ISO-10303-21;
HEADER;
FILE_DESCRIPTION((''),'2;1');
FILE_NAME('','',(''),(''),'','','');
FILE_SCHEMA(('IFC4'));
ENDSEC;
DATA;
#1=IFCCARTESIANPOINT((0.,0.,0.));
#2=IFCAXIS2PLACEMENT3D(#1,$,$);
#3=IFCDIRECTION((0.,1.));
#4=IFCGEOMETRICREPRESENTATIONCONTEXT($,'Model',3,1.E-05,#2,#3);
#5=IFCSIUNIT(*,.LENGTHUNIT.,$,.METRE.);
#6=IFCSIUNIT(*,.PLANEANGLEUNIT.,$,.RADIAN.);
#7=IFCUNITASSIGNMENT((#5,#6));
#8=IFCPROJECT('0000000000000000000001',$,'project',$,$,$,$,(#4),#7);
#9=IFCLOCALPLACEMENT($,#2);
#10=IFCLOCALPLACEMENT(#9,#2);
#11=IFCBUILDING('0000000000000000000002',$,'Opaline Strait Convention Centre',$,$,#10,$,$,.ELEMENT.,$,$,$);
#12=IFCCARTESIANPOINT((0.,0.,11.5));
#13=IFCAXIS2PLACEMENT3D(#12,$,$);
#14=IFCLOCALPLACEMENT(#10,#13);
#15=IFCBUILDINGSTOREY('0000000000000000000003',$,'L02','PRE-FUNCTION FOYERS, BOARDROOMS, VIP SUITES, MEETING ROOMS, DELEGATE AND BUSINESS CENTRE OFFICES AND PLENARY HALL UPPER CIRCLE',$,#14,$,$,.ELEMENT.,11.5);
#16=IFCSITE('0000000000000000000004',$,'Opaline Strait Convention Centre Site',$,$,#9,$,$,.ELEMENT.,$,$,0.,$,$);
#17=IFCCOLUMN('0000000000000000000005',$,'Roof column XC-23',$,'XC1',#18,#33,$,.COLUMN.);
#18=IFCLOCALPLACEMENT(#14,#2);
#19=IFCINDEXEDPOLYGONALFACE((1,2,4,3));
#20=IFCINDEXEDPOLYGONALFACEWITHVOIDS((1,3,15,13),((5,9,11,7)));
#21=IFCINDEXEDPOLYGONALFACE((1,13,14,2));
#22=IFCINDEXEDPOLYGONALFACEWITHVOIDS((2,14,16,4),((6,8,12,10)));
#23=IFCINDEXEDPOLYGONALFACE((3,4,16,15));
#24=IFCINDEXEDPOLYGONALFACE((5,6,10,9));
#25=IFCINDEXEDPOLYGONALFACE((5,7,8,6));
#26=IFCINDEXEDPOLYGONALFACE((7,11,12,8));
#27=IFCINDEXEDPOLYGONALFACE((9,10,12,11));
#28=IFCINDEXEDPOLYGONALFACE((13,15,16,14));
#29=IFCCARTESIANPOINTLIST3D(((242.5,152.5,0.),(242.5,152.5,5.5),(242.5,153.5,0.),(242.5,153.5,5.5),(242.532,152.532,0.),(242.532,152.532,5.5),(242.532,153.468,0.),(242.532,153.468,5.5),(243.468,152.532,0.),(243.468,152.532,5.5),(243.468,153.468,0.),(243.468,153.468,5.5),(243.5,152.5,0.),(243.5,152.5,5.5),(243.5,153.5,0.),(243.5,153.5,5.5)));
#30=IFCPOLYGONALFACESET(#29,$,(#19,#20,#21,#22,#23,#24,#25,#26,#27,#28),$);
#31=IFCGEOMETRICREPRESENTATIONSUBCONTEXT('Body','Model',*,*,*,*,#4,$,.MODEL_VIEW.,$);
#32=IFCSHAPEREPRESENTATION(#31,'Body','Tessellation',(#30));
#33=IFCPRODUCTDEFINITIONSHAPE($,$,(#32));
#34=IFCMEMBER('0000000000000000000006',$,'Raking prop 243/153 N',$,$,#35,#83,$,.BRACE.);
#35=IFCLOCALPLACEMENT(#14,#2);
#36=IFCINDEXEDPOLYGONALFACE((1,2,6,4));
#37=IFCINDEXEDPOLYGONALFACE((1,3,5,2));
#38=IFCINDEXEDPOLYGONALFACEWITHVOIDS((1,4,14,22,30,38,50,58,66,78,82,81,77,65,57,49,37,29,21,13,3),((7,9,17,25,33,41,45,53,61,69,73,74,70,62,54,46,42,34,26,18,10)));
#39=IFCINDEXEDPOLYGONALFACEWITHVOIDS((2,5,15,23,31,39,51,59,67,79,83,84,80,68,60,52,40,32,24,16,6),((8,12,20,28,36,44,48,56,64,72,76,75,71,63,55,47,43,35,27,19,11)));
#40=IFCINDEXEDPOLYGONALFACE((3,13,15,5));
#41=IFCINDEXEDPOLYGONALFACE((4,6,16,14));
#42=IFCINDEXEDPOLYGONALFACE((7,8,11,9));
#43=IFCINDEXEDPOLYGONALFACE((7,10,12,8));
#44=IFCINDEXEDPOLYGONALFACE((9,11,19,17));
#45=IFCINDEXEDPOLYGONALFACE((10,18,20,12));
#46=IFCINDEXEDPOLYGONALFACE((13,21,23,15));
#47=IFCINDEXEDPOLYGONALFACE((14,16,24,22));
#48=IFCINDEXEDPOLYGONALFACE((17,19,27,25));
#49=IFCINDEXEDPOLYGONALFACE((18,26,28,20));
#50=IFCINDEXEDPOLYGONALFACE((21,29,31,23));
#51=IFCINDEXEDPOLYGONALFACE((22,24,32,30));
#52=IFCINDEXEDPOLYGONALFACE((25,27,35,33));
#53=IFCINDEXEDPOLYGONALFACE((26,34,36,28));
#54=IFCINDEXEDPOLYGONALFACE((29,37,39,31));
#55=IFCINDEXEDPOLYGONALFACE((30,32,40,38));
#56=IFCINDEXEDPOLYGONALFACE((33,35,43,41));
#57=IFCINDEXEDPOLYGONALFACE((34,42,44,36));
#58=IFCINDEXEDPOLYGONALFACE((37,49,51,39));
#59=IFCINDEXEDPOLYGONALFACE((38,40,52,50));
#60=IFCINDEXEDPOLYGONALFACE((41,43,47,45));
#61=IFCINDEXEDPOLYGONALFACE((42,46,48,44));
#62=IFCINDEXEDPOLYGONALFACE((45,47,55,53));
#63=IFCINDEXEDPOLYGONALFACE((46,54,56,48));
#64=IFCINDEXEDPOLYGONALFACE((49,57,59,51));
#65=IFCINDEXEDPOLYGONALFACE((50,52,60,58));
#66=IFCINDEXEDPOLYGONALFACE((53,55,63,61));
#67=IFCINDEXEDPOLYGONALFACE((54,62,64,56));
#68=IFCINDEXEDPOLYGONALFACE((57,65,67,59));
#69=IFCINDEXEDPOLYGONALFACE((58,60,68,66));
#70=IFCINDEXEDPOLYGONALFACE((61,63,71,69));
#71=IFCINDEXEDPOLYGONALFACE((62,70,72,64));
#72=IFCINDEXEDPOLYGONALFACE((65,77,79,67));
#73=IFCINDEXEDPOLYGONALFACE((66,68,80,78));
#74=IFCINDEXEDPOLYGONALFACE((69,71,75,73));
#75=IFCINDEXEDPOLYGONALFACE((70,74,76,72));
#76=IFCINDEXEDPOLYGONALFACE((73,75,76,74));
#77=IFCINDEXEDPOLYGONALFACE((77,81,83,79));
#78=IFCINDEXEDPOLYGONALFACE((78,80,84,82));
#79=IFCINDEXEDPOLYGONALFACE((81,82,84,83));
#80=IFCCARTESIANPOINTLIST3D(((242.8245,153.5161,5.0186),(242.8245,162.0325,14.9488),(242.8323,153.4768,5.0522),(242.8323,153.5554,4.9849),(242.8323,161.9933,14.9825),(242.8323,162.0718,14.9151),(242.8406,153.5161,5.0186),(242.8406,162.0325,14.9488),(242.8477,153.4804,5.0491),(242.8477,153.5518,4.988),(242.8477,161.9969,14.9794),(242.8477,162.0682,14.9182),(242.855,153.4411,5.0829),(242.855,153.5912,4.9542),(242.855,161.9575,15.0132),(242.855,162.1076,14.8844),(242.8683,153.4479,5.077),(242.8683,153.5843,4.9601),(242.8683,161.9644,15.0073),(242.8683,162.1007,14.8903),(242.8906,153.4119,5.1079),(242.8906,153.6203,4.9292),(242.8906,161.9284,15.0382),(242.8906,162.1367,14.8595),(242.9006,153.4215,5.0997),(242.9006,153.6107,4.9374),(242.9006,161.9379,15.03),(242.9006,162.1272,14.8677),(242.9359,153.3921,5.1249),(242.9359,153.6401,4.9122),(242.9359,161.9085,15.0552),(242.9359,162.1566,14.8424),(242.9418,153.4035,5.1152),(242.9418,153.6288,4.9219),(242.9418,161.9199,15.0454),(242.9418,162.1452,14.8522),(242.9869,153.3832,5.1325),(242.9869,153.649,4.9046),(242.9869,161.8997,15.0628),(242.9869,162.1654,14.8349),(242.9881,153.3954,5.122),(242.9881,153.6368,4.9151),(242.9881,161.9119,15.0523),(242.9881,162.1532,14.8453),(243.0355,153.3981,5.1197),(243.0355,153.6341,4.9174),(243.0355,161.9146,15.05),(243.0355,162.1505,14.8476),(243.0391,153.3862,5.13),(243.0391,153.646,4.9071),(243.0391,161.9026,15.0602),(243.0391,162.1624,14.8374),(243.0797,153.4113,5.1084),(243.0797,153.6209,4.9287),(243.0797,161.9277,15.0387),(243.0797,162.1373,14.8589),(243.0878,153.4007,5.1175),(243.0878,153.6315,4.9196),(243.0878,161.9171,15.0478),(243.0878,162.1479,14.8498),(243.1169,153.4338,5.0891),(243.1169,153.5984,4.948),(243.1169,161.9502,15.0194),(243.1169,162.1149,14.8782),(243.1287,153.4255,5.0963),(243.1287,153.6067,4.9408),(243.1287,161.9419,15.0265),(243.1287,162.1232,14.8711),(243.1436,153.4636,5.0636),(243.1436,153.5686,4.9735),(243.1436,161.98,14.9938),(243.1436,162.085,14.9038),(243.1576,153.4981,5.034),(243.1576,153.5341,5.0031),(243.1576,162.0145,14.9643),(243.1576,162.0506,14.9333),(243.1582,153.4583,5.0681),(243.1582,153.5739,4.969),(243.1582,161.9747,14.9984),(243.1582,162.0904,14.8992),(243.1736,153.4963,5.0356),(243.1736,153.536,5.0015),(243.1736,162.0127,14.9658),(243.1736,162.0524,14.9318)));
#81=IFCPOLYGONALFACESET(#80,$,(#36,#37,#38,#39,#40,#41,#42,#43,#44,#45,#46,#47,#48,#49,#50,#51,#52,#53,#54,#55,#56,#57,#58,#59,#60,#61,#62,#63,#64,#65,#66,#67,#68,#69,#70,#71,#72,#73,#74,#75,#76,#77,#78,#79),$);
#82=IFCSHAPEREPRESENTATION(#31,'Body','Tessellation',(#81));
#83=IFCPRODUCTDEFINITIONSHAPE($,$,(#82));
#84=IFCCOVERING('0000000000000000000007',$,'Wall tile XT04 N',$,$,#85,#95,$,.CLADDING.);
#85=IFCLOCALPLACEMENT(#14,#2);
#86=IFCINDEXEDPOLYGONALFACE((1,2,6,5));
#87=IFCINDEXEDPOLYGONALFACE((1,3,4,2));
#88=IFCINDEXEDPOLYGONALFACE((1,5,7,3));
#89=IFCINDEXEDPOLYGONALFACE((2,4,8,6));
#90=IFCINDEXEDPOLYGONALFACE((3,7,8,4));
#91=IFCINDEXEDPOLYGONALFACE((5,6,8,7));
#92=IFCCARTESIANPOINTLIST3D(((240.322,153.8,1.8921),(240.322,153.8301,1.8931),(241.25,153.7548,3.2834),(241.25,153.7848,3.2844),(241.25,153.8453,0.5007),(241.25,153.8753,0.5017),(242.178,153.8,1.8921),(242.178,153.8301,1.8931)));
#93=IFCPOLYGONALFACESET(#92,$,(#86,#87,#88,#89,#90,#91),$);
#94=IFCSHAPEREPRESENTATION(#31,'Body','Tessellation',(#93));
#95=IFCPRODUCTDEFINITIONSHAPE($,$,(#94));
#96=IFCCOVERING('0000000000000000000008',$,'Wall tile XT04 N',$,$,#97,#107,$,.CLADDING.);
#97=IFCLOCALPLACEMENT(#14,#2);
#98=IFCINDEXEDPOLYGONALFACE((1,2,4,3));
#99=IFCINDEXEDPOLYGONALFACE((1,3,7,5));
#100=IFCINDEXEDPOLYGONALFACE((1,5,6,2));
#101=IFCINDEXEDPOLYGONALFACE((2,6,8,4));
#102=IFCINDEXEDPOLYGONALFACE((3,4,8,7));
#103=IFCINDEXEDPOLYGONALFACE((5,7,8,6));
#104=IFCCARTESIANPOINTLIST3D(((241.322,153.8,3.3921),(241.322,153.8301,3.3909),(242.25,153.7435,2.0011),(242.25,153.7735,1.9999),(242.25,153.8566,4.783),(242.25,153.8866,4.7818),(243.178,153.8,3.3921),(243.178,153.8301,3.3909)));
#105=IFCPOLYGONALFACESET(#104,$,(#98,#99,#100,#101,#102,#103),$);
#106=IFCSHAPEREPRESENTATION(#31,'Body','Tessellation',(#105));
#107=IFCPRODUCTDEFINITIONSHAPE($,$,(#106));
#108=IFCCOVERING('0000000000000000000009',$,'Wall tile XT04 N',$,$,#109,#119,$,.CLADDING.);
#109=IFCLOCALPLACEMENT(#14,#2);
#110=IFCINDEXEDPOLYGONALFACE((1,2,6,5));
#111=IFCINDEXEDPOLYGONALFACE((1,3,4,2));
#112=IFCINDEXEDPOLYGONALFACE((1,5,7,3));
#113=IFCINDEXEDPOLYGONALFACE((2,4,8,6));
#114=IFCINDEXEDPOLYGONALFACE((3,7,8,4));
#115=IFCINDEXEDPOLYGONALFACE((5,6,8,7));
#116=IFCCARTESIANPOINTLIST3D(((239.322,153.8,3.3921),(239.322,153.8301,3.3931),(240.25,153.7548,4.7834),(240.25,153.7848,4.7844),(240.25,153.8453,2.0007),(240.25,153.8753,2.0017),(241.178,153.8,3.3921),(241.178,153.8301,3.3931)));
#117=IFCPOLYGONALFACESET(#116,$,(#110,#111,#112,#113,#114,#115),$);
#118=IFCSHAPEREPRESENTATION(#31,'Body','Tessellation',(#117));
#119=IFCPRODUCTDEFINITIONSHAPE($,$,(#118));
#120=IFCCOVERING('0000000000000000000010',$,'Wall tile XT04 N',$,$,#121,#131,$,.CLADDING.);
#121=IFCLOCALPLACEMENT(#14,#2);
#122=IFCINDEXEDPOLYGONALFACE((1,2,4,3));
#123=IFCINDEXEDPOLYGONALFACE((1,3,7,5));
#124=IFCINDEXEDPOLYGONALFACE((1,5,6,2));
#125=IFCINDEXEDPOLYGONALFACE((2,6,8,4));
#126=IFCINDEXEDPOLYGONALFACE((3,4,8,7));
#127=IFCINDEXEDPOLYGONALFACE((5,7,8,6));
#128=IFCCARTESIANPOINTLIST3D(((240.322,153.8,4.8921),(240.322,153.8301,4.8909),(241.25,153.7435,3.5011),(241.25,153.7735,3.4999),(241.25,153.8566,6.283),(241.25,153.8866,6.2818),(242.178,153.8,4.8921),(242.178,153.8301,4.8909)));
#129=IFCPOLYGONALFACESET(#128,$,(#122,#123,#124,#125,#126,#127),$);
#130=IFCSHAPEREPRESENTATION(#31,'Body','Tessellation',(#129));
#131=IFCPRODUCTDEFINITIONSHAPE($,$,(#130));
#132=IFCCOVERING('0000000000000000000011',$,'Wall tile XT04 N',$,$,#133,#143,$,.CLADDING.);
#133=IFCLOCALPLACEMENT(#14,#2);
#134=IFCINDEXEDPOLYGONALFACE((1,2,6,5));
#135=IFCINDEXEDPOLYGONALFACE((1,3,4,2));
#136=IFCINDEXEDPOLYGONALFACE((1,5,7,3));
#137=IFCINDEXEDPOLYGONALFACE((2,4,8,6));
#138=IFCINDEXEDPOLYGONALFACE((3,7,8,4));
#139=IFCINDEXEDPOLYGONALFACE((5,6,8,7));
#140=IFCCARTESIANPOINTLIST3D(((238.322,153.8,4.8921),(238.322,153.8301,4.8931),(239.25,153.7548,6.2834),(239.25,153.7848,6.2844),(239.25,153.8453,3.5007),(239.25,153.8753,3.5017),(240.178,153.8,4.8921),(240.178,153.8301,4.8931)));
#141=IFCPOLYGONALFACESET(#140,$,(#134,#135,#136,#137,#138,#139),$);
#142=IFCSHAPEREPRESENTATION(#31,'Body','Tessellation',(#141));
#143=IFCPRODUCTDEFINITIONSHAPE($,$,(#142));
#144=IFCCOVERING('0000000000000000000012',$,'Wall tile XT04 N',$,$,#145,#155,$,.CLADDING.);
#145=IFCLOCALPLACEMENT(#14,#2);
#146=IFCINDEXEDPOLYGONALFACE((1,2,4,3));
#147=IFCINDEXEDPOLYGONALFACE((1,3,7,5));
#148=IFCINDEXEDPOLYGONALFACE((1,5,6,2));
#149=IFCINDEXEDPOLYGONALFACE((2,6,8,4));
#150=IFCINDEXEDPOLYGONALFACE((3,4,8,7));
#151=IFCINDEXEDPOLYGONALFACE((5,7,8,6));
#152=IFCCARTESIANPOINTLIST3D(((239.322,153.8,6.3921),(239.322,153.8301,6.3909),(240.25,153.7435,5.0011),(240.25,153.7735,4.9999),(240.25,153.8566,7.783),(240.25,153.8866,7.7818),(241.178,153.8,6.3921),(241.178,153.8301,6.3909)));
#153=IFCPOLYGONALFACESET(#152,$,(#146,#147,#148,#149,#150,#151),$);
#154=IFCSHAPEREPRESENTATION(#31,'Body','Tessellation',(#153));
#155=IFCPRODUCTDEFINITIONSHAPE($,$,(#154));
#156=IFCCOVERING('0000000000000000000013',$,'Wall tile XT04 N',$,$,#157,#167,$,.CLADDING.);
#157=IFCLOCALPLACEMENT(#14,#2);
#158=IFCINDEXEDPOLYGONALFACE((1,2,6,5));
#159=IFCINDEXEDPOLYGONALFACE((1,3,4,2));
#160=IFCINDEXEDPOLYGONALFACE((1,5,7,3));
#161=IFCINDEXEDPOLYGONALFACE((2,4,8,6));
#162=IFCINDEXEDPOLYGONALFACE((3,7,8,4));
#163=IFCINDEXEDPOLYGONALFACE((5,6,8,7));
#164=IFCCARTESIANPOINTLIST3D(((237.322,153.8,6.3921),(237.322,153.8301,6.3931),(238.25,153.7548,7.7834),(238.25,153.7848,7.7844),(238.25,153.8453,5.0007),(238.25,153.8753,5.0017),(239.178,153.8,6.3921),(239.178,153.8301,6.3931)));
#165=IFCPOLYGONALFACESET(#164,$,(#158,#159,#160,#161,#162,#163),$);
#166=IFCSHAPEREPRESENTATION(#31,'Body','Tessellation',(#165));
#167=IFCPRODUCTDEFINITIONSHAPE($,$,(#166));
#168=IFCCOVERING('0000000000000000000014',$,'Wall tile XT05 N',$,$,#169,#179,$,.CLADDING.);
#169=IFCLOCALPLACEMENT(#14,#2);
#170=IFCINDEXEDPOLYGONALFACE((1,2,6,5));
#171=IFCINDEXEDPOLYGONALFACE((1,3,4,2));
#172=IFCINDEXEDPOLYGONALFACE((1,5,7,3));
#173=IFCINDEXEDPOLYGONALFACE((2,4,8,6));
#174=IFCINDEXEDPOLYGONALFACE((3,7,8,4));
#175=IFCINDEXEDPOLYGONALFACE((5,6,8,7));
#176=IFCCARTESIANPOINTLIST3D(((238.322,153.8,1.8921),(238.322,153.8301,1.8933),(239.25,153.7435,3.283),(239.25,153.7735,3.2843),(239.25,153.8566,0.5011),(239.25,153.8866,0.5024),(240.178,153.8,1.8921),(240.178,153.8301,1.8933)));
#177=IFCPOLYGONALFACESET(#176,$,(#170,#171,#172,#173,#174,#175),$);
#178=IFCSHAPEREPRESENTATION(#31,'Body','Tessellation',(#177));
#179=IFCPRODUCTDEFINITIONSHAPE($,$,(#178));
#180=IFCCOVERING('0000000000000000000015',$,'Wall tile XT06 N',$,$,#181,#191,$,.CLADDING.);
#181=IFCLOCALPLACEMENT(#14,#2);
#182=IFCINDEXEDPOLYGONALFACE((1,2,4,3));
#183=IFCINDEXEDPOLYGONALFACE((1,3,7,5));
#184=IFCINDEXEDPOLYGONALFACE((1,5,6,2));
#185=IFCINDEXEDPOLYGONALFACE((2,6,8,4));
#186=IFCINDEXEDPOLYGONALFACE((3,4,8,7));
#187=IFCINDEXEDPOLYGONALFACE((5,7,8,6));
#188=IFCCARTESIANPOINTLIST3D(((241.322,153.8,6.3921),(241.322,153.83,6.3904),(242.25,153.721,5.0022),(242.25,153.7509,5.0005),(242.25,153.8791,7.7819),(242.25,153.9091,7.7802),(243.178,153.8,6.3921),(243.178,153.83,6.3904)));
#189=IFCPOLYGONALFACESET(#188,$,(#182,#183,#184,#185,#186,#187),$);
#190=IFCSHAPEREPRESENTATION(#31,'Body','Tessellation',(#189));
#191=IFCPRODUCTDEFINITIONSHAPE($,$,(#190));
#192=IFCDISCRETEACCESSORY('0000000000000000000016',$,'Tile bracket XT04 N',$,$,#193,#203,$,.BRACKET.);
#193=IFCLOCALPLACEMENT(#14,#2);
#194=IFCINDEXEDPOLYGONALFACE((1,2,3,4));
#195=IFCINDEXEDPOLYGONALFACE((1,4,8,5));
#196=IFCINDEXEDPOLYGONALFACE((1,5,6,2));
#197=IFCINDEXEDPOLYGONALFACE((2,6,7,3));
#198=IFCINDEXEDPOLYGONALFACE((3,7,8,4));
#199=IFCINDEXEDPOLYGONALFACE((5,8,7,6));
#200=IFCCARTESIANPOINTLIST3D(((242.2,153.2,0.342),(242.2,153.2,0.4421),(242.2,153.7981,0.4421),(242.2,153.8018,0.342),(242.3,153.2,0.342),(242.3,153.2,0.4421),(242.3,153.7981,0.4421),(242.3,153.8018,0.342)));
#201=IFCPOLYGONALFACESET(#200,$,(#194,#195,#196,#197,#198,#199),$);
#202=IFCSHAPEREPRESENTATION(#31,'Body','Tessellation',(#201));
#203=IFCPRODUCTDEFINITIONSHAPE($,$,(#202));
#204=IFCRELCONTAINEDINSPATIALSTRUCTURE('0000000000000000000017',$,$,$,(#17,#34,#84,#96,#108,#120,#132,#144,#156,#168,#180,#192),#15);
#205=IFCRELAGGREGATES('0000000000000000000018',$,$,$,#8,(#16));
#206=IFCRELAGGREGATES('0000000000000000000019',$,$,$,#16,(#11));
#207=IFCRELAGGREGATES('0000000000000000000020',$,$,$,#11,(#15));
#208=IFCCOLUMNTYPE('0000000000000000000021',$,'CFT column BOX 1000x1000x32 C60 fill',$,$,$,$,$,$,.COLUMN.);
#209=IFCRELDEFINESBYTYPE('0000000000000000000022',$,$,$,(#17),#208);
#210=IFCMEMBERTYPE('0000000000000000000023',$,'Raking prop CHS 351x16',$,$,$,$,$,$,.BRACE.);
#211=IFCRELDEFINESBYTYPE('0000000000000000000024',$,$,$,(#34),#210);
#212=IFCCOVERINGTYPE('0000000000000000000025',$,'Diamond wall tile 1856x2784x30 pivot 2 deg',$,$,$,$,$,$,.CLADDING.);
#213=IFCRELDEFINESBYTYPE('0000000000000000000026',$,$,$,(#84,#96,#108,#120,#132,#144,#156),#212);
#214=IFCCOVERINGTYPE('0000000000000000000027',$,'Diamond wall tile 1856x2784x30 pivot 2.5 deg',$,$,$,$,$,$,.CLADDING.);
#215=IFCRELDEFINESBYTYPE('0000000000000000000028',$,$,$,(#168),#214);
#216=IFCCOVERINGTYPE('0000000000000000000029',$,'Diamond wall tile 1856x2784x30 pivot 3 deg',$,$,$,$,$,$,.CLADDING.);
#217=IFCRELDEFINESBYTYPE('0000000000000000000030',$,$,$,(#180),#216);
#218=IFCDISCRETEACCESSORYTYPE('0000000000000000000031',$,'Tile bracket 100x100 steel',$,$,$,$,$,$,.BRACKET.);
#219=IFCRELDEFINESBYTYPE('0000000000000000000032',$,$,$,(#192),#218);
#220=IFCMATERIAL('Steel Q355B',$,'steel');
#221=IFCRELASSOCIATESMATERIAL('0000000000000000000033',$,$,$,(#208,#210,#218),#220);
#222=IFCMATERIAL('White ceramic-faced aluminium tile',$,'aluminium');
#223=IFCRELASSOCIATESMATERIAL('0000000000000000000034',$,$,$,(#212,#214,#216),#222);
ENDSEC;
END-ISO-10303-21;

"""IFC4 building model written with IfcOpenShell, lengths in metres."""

from ifc_helpers import new_model, si_unit, direction, frame, origin, origin_2d, place, context, subcontext, project, spatial, polyline, hollow_rectangle, hollow_circle, outline, extrude, material, material_profile, profile_set, type_object, element, save


model = new_model("IFC4")

# Units and contexts
model_context = context("Model", 3, precision=1e-05, world=origin(), true_north=direction((0.0, 1.0)))
body_context = subcontext(model_context, "Body", "Model", "MODEL_VIEW")
ifc_project = project(units=[si_unit("LENGTHUNIT", "METRE"), si_unit("PLANEANGLEUNIT", "RADIAN")], contexts=[model_context])

# Site, building, storey
site_placement = place(None, origin())
site = spatial("IfcSite", under=ifc_project, at=site_placement, Name="Opaline Strait Convention Centre Site", CompositionType="ELEMENT", RefElevation=0.0)
building_placement = place(site_placement, origin())
building = spatial("IfcBuilding", under=site, at=building_placement, Name="Opaline Strait Convention Centre", CompositionType="ELEMENT")
storey_placement = place(building_placement, frame((0.0, 0.0, 11.5)))
storey = spatial("IfcBuildingStorey", under=building, at=storey_placement, Name="L02", Description="PRE-FUNCTION FOYERS, BOARDROOMS, VIP SUITES, MEETING ROOMS, DELEGATE AND BUSINESS CENTRE OFFICES AND PLENARY HALL UPPER CIRCLE", CompositionType="ELEMENT", Elevation=11.5)

# Column
ifc_material_1 = material(Name="Steel Q355B", Category="steel")
ifc_material_profile_1 = material_profile(ifc_material_1, hollow_rectangle(XDim=1.0, YDim=1.0, WallThickness=0.032, at=origin_2d()), Name="BOX 1000x1000x32")
ifc_profile_set_1 = profile_set([ifc_material_profile_1], Name="Steel Q355B")
column_type = type_object("IfcColumnType", Name="CFT column BOX 1000x1000x32 C60 fill", PredefinedType="COLUMN", material=ifc_profile_set_1)
column_placement = place(storey_placement, frame((243.0, 153.0, 0.0), z_axis=(0.0, 0.0, 1.0), x_axis=(1.0, 0.0, 0.0)))
element("IfcColumn", 1, at=column_placement, inside=storey, type_object=column_type, Name="Roof column XC-23", ObjectType="XC1", PredefinedType="COLUMN", context=body_context, shape_type="SweptSolid", body=[
    extrude(hollow_rectangle(XDim=1.0, YDim=1.0, WallThickness=0.032, at=origin_2d()), origin(), (0.0, 0.0, 1.0), 5.5),
])

# Member
ifc_material_profile_2 = material_profile(ifc_material_1, hollow_circle(Radius=0.1755, WallThickness=0.0161, at=origin_2d()), Name="CHS 351x16")
ifc_profile_set_2 = profile_set([ifc_material_profile_2], Name="Steel Q355B")
member_type = type_object("IfcMemberType", Name="Raking prop CHS 351x16", PredefinedType="BRACE", material=ifc_profile_set_2)
member_placement = place(storey_placement, frame((243.0, 153.5161, 5.0186), z_axis=(0.0, 0.651002, 0.759076), x_axis=(-1.0, 0.0, 0.0)))
element("IfcMember", 2, at=member_placement, inside=storey, type_object=member_type, Name="Raking prop 243/153 N", PredefinedType="BRACE", context=body_context, shape_type="SweptSolid", body=[
    extrude(hollow_circle(Radius=0.1755, WallThickness=0.0161, at=origin_2d()), origin(), (0.0, 0.0, 1.0), 13.082),
])

# Coverings
ifc_material_2 = material(Name="White ceramic-faced aluminium tile", Category="aluminium")
ifc_material_profile_3 = material_profile(ifc_material_2, outline(polyline([(0.928, 0.0), (0.0, 1.3921), (-0.928, 0.0), (0.0, -1.3921), (0.928, 0.0)])), Name="Diamond tile 1856x2784")
ifc_profile_set_3 = profile_set([ifc_material_profile_3], Name="White ceramic-faced aluminium tile")
covering_type_1 = type_object("IfcCoveringType", Name="Diamond wall tile 1856x2784x30 pivot 2 deg", PredefinedType="CLADDING", material=ifc_profile_set_3)
for number, where, z_axis, x_axis, name in (
    (3, (241.25, 153.8, 1.8921), (0.0, 0.999472, 0.032503), (-1.0, 0.0, 0.0), "Wall tile XT04 N"),
    (4, (242.25, 153.8, 3.3921), (0.0, 0.999175, -0.040617), (-1.0, 0.0, 0.0), "Wall tile XT04 N"),
    (5, (240.25, 153.8, 3.3921), (0.0, 0.999472, 0.032503), (-1.0, 0.0, 0.0), "Wall tile XT04 N"),
    (6, (241.25, 153.8, 4.8921), (0.0, 0.999175, -0.040617), (-1.0, 0.0, 0.0), "Wall tile XT04 N"),
    (7, (239.25, 153.8, 4.8921), (0.0, 0.999472, 0.032503), (-1.0, 0.0, 0.0), "Wall tile XT04 N"),
    (8, (240.25, 153.8, 6.3921), (0.0, 0.999175, -0.040617), (-1.0, 0.0, 0.0), "Wall tile XT04 N"),
    (9, (238.25, 153.8, 6.3921), (0.0, 0.999472, 0.032503), (-1.0, 0.0, 0.0), "Wall tile XT04 N"),
):
    element("IfcCovering", number, at=place(storey_placement, frame(where, z_axis=z_axis, x_axis=x_axis)), inside=storey, type_object=covering_type_1, Name=name, PredefinedType="CLADDING", context=body_context, shape_type="SweptSolid", body=[
        extrude(outline(polyline([(0.928, 0.0), (0.0, 1.3921), (-0.928, 0.0), (0.0, -1.3921), (0.928, 0.0)])), origin(), (0.0, 0.0, 1.0), 0.03),
    ])
ifc_material_profile_4 = material_profile(ifc_material_2, outline(polyline([(0.928, 0.0), (0.0, 1.3921), (-0.928, 0.0), (0.0, -1.3921), (0.928, 0.0)])), Name="Diamond tile 1856x2784")
ifc_profile_set_4 = profile_set([ifc_material_profile_4], Name="White ceramic-faced aluminium tile")
covering_type_2 = type_object("IfcCoveringType", Name="Diamond wall tile 1856x2784x30 pivot 2.5 deg", PredefinedType="CLADDING", material=ifc_profile_set_4)
covering_1_placement = place(storey_placement, frame((239.25, 153.8, 1.8921), z_axis=(0.0, 0.999175, 0.040617), x_axis=(-1.0, 0.0, 0.0)))
element("IfcCovering", 10, at=covering_1_placement, inside=storey, type_object=covering_type_2, Name="Wall tile XT05 N", PredefinedType="CLADDING", context=body_context, shape_type="SweptSolid", body=[
    extrude(outline(polyline([(0.928, 0.0), (0.0, 1.3921), (-0.928, 0.0), (0.0, -1.3921), (0.928, 0.0)])), origin(), (0.0, 0.0, 1.0), 0.03),
])
ifc_material_profile_5 = material_profile(ifc_material_2, outline(polyline([(0.928, 0.0), (0.0, 1.3921), (-0.928, 0.0), (0.0, -1.3921), (0.928, 0.0)])), Name="Diamond tile 1856x2784")
ifc_profile_set_5 = profile_set([ifc_material_profile_5], Name="White ceramic-faced aluminium tile")
covering_type_3 = type_object("IfcCoveringType", Name="Diamond wall tile 1856x2784x30 pivot 3 deg", PredefinedType="CLADDING", material=ifc_profile_set_5)
covering_2_placement = place(storey_placement, frame((242.25, 153.8, 6.3921), z_axis=(0.0, 0.998385, -0.056819), x_axis=(-1.0, 0.0, 0.0)))
element("IfcCovering", 11, at=covering_2_placement, inside=storey, type_object=covering_type_3, Name="Wall tile XT06 N", PredefinedType="CLADDING", context=body_context, shape_type="SweptSolid", body=[
    extrude(outline(polyline([(0.928, 0.0), (0.0, 1.3921), (-0.928, 0.0), (0.0, -1.3921), (0.928, 0.0)])), origin(), (0.0, 0.0, 1.0), 0.03),
])

# Discrete accessory
discrete_accessory_type = type_object("IfcDiscreteAccessoryType", Name="Tile bracket 100x100 steel", PredefinedType="BRACKET", material=ifc_material_1)
discrete_accessory_1_placement = place(storey_placement, frame((242.3, 153.2, 0.3921), z_axis=(-1.0, 0.0, 0.0), x_axis=(0.0, -1.0, 0.0)))
element("IfcDiscreteAccessory", 12, at=discrete_accessory_1_placement, inside=storey, type_object=discrete_accessory_type, Name="Tile bracket XT04 N", PredefinedType="BRACKET", context=body_context, shape_type="SweptSolid", body=[
    extrude(outline(polyline([(0.0, -0.05), (0.0, 0.05), (-0.5981, 0.05), (-0.6018, -0.05), (0.0, -0.05)])), origin(), (0.0, 0.0, 1.0), 0.1001),
])

save(model, "model.ifc")
